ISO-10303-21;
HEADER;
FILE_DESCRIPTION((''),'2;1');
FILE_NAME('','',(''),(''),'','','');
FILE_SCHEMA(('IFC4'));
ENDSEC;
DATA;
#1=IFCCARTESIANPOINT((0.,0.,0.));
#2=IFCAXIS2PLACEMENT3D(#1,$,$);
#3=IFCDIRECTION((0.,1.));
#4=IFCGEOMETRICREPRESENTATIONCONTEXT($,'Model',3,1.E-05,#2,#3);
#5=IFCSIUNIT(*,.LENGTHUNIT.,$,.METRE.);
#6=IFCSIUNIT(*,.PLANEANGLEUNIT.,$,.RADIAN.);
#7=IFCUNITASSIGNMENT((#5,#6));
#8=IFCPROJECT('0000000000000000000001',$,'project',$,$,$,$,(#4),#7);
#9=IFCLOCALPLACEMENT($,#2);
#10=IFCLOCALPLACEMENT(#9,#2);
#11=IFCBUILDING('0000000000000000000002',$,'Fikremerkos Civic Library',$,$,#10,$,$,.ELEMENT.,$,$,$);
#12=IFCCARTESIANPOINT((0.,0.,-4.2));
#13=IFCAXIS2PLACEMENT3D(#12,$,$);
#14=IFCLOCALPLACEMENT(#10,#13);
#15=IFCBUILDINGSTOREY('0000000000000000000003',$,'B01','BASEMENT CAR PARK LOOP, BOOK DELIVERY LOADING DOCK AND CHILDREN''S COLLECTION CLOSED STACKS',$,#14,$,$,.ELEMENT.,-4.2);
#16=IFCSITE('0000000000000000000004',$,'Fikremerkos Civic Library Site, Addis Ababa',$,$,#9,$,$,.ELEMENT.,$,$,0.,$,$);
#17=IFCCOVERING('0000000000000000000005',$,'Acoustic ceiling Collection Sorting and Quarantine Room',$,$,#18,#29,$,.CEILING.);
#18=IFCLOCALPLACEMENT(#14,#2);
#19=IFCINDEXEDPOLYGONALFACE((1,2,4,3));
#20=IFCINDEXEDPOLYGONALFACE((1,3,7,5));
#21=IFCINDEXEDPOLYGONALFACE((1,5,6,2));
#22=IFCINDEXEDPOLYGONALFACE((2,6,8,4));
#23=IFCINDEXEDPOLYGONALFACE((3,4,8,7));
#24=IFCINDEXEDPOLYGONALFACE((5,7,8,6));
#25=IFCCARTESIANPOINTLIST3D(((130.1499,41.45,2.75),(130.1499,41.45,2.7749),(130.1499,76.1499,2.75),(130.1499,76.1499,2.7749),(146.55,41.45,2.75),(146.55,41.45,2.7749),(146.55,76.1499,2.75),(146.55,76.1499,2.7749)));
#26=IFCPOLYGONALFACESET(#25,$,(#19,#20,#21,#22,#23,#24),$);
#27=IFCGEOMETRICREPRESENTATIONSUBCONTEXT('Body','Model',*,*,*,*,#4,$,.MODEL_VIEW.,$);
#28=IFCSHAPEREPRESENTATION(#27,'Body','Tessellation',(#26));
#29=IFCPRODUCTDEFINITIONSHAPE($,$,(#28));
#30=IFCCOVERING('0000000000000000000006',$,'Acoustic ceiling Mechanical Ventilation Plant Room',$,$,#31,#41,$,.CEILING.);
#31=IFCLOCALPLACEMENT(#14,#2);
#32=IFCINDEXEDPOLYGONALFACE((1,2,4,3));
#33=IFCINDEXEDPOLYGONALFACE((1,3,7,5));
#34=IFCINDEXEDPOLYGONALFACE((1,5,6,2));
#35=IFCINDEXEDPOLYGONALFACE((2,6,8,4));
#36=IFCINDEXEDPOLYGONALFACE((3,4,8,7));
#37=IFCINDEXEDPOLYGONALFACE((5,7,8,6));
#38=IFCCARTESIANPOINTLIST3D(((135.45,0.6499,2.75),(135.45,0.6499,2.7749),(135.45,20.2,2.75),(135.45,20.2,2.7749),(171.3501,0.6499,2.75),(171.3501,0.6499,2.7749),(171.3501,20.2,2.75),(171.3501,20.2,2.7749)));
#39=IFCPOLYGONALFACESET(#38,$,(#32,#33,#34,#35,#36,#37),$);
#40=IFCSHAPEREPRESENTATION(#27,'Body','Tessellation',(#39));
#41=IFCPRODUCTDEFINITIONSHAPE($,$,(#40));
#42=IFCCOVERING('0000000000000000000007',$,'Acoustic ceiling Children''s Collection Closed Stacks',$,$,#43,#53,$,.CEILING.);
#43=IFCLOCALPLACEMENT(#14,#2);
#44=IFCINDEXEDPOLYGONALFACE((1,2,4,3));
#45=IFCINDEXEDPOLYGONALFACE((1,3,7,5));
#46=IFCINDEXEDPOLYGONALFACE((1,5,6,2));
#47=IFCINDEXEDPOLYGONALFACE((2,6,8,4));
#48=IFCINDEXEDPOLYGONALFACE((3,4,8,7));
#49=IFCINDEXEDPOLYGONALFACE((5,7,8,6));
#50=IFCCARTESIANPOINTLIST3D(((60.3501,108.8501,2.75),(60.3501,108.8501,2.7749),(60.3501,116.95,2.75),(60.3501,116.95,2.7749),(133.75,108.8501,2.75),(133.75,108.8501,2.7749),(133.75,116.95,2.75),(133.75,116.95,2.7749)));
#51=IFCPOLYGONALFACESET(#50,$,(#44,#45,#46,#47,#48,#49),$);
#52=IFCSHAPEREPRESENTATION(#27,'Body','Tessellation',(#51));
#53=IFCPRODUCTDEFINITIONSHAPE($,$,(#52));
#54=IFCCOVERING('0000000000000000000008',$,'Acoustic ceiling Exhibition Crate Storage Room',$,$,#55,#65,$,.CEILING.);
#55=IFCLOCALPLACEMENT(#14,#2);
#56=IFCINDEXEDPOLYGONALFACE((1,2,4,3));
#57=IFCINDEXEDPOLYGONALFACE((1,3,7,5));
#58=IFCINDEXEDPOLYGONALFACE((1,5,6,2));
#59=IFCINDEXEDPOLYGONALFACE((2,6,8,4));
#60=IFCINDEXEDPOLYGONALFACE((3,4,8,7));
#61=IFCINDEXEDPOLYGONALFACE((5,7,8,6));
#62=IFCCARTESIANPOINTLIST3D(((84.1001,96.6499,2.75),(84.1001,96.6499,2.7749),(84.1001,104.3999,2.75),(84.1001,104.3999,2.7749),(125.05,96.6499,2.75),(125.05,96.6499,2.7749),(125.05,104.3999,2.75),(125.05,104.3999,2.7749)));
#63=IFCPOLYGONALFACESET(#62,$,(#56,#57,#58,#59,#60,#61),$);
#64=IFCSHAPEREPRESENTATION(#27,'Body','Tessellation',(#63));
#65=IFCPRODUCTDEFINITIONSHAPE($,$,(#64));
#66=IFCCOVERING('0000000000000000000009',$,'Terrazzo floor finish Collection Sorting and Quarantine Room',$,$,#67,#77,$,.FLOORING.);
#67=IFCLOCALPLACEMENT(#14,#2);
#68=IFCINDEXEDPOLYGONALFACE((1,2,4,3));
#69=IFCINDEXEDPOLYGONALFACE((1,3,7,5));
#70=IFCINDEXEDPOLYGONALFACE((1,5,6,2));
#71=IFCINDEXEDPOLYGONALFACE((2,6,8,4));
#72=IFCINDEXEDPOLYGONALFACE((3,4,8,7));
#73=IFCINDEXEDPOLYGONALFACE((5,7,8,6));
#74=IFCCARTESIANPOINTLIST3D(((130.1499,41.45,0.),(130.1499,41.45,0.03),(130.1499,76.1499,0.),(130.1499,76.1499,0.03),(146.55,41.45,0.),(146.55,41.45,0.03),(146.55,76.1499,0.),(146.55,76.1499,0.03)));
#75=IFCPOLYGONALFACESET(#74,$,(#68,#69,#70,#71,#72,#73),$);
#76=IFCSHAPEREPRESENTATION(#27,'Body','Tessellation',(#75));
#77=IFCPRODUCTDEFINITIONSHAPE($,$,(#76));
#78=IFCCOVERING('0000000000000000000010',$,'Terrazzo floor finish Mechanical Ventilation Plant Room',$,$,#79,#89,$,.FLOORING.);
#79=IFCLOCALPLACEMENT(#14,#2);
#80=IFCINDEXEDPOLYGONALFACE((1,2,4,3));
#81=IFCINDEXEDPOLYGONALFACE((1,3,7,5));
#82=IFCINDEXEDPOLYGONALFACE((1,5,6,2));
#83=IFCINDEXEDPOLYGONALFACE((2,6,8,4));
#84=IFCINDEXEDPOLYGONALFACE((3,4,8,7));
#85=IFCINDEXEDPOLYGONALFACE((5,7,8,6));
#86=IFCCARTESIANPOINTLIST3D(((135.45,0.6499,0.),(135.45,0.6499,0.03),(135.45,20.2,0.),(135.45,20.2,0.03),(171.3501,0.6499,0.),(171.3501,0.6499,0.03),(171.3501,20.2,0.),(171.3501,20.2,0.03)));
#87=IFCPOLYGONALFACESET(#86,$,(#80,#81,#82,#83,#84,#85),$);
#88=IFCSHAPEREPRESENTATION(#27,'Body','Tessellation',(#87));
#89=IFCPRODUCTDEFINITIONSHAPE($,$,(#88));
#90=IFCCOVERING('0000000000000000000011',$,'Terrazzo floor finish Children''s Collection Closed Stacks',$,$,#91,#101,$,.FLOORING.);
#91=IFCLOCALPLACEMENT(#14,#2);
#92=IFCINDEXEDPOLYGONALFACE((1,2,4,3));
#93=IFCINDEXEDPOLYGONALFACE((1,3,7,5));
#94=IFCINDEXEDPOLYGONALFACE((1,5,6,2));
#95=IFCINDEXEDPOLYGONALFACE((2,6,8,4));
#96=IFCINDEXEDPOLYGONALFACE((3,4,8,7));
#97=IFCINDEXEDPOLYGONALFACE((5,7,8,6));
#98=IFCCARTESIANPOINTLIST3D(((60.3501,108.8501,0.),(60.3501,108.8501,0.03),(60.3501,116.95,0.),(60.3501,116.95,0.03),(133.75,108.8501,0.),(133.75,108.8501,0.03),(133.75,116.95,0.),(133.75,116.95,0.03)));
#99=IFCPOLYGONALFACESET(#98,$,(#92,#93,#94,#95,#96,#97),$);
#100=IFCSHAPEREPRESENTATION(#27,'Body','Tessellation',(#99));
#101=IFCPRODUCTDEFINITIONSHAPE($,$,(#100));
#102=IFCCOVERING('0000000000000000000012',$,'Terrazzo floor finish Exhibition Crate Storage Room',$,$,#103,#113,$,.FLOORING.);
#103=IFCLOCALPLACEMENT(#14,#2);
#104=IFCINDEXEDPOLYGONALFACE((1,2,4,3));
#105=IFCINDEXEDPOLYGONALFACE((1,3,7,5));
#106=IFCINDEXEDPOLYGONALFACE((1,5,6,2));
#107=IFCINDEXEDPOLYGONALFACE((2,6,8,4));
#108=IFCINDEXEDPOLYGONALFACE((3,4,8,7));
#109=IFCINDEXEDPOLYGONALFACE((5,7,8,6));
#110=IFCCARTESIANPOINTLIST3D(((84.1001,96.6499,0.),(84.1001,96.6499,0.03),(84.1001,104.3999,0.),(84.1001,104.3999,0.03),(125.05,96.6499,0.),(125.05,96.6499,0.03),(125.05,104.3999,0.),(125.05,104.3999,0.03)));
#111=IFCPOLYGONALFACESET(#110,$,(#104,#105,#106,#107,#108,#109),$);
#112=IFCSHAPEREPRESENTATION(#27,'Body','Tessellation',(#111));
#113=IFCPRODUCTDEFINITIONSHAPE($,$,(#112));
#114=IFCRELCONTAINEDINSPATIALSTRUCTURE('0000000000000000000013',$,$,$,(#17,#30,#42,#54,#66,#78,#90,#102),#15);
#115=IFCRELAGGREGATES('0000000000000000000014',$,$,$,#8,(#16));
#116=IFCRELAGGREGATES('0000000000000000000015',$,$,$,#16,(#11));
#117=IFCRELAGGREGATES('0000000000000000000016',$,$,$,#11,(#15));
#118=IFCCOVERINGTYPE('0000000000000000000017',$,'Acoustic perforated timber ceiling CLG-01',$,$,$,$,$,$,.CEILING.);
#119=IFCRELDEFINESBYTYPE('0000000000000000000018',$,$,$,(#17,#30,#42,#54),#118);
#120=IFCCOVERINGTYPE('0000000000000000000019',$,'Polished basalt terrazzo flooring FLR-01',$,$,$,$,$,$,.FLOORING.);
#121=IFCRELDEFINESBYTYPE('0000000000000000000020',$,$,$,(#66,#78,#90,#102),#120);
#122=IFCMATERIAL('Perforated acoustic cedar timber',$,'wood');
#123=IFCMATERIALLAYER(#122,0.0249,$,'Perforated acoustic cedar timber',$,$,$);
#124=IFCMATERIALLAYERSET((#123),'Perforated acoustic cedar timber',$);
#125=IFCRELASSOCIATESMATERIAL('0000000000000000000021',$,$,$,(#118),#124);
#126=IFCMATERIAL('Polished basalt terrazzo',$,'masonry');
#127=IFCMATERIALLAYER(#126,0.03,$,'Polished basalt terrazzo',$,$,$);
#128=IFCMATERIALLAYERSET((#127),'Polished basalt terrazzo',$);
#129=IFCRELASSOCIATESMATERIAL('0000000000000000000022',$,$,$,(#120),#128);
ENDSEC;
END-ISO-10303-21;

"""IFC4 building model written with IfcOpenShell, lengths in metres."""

from ifc_helpers import new_model, si_unit, direction, frame, origin, place, context, subcontext, project, spatial, polyline, outline, extrude, material, layer, layer_set, type_object, element, save


model = new_model("IFC4")

# Units and contexts
model_context = context("Model", 3, precision=1e-05, world=origin(), true_north=direction((0.0, 1.0)))
body_context = subcontext(model_context, "Body", "Model", "MODEL_VIEW")
ifc_project = project(units=[si_unit("LENGTHUNIT", "METRE"), si_unit("PLANEANGLEUNIT", "RADIAN")], contexts=[model_context])

# Site, building, storey
site_placement = place(None, origin())
site = spatial("IfcSite", under=ifc_project, at=site_placement, Name="Fikremerkos Civic Library Site, Addis Ababa", CompositionType="ELEMENT", RefElevation=0.0)
building_placement = place(site_placement, origin())
building = spatial("IfcBuilding", under=site, at=building_placement, Name="Fikremerkos Civic Library", CompositionType="ELEMENT")
storey_placement = place(building_placement, frame((0.0, 0.0, -4.2)))
storey = spatial("IfcBuildingStorey", under=building, at=storey_placement, Name="B01", Description="BASEMENT CAR PARK LOOP, BOOK DELIVERY LOADING DOCK AND CHILDREN'S COLLECTION CLOSED STACKS", CompositionType="ELEMENT", Elevation=-4.2)

# Coverings
ifc_material_1 = material(Name="Perforated acoustic cedar timber", Category="wood")
ifc_layer_1 = layer(ifc_material_1, 0.0249, Name="Perforated acoustic cedar timber")
ifc_layer_set_1 = layer_set([ifc_layer_1], Name="Perforated acoustic cedar timber")
covering_type_1 = type_object("IfcCoveringType", Name="Acoustic perforated timber ceiling CLG-01", PredefinedType="CEILING", material=ifc_layer_set_1)
covering_1_placement = place(storey_placement, frame((0.0, 0.0, 2.75)))
element("IfcCovering", 1, at=covering_1_placement, inside=storey, type_object=covering_type_1, Name="Acoustic ceiling Collection Sorting and Quarantine Room", PredefinedType="CEILING", context=body_context, shape_type="SweptSolid", body=[
    extrude(outline(polyline([(130.1499, 41.45), (130.1499, 76.1499), (146.55, 76.1499), (146.55, 41.45), (130.1499, 41.45)])), origin(), (0.0, 0.0, 1.0), 0.0249),
])
covering_2_placement = place(storey_placement, frame((0.0, 0.0, 2.75)))
element("IfcCovering", 2, at=covering_2_placement, inside=storey, type_object=covering_type_1, Name="Acoustic ceiling Mechanical Ventilation Plant Room", PredefinedType="CEILING", context=body_context, shape_type="SweptSolid", body=[
    extrude(outline(polyline([(135.45, 0.6499), (135.45, 20.2), (171.3501, 20.2), (171.3501, 0.6499), (135.45, 0.6499)])), origin(), (0.0, 0.0, 1.0), 0.0249),
])
covering_3_placement = place(storey_placement, frame((0.0, 0.0, 2.75)))
element("IfcCovering", 3, at=covering_3_placement, inside=storey, type_object=covering_type_1, Name="Acoustic ceiling Children's Collection Closed Stacks", PredefinedType="CEILING", context=body_context, shape_type="SweptSolid", body=[
    extrude(outline(polyline([(60.3501, 108.8501), (60.3501, 116.95), (133.75, 116.95), (133.75, 108.8501), (60.3501, 108.8501)])), origin(), (0.0, 0.0, 1.0), 0.0249),
])
covering_4_placement = place(storey_placement, frame((0.0, 0.0, 2.75)))
element("IfcCovering", 4, at=covering_4_placement, inside=storey, type_object=covering_type_1, Name="Acoustic ceiling Exhibition Crate Storage Room", PredefinedType="CEILING", context=body_context, shape_type="SweptSolid", body=[
    extrude(outline(polyline([(84.1001, 96.6499), (84.1001, 104.3999), (125.05, 104.3999), (125.05, 96.6499), (84.1001, 96.6499)])), origin(), (0.0, 0.0, 1.0), 0.0249),
])
ifc_material_2 = material(Name="Polished basalt terrazzo", Category="masonry")
ifc_layer_2 = layer(ifc_material_2, 0.03, Name="Polished basalt terrazzo")
ifc_layer_set_2 = layer_set([ifc_layer_2], Name="Polished basalt terrazzo")
covering_type_2 = type_object("IfcCoveringType", Name="Polished basalt terrazzo flooring FLR-01", PredefinedType="FLOORING", material=ifc_layer_set_2)
covering_5_placement = place(storey_placement, origin())
element("IfcCovering", 5, at=covering_5_placement, inside=storey, type_object=covering_type_2, Name="Terrazzo floor finish Collection Sorting and Quarantine Room", PredefinedType="FLOORING", context=body_context, shape_type="SweptSolid", body=[
    extrude(outline(polyline([(130.1499, 41.45), (130.1499, 76.1499), (146.55, 76.1499), (146.55, 41.45), (130.1499, 41.45)])), origin(), (0.0, 0.0, 1.0), 0.03),
])
covering_6_placement = place(storey_placement, origin())
element("IfcCovering", 6, at=covering_6_placement, inside=storey, type_object=covering_type_2, Name="Terrazzo floor finish Mechanical Ventilation Plant Room", PredefinedType="FLOORING", context=body_context, shape_type="SweptSolid", body=[
    extrude(outline(polyline([(135.45, 0.6499), (135.45, 20.2), (171.3501, 20.2), (171.3501, 0.6499), (135.45, 0.6499)])), origin(), (0.0, 0.0, 1.0), 0.03),
])
covering_7_placement = place(storey_placement, origin())
element("IfcCovering", 7, at=covering_7_placement, inside=storey, type_object=covering_type_2, Name="Terrazzo floor finish Children's Collection Closed Stacks", PredefinedType="FLOORING", context=body_context, shape_type="SweptSolid", body=[
    extrude(outline(polyline([(60.3501, 108.8501), (60.3501, 116.95), (133.75, 116.95), (133.75, 108.8501), (60.3501, 108.8501)])), origin(), (0.0, 0.0, 1.0), 0.03),
])
covering_8_placement = place(storey_placement, origin())
element("IfcCovering", 8, at=covering_8_placement, inside=storey, type_object=covering_type_2, Name="Terrazzo floor finish Exhibition Crate Storage Room", PredefinedType="FLOORING", context=body_context, shape_type="SweptSolid", body=[
    extrude(outline(polyline([(84.1001, 96.6499), (84.1001, 104.3999), (125.05, 104.3999), (125.05, 96.6499), (84.1001, 96.6499)])), origin(), (0.0, 0.0, 1.0), 0.03),
])

save(model, "model.ifc")
